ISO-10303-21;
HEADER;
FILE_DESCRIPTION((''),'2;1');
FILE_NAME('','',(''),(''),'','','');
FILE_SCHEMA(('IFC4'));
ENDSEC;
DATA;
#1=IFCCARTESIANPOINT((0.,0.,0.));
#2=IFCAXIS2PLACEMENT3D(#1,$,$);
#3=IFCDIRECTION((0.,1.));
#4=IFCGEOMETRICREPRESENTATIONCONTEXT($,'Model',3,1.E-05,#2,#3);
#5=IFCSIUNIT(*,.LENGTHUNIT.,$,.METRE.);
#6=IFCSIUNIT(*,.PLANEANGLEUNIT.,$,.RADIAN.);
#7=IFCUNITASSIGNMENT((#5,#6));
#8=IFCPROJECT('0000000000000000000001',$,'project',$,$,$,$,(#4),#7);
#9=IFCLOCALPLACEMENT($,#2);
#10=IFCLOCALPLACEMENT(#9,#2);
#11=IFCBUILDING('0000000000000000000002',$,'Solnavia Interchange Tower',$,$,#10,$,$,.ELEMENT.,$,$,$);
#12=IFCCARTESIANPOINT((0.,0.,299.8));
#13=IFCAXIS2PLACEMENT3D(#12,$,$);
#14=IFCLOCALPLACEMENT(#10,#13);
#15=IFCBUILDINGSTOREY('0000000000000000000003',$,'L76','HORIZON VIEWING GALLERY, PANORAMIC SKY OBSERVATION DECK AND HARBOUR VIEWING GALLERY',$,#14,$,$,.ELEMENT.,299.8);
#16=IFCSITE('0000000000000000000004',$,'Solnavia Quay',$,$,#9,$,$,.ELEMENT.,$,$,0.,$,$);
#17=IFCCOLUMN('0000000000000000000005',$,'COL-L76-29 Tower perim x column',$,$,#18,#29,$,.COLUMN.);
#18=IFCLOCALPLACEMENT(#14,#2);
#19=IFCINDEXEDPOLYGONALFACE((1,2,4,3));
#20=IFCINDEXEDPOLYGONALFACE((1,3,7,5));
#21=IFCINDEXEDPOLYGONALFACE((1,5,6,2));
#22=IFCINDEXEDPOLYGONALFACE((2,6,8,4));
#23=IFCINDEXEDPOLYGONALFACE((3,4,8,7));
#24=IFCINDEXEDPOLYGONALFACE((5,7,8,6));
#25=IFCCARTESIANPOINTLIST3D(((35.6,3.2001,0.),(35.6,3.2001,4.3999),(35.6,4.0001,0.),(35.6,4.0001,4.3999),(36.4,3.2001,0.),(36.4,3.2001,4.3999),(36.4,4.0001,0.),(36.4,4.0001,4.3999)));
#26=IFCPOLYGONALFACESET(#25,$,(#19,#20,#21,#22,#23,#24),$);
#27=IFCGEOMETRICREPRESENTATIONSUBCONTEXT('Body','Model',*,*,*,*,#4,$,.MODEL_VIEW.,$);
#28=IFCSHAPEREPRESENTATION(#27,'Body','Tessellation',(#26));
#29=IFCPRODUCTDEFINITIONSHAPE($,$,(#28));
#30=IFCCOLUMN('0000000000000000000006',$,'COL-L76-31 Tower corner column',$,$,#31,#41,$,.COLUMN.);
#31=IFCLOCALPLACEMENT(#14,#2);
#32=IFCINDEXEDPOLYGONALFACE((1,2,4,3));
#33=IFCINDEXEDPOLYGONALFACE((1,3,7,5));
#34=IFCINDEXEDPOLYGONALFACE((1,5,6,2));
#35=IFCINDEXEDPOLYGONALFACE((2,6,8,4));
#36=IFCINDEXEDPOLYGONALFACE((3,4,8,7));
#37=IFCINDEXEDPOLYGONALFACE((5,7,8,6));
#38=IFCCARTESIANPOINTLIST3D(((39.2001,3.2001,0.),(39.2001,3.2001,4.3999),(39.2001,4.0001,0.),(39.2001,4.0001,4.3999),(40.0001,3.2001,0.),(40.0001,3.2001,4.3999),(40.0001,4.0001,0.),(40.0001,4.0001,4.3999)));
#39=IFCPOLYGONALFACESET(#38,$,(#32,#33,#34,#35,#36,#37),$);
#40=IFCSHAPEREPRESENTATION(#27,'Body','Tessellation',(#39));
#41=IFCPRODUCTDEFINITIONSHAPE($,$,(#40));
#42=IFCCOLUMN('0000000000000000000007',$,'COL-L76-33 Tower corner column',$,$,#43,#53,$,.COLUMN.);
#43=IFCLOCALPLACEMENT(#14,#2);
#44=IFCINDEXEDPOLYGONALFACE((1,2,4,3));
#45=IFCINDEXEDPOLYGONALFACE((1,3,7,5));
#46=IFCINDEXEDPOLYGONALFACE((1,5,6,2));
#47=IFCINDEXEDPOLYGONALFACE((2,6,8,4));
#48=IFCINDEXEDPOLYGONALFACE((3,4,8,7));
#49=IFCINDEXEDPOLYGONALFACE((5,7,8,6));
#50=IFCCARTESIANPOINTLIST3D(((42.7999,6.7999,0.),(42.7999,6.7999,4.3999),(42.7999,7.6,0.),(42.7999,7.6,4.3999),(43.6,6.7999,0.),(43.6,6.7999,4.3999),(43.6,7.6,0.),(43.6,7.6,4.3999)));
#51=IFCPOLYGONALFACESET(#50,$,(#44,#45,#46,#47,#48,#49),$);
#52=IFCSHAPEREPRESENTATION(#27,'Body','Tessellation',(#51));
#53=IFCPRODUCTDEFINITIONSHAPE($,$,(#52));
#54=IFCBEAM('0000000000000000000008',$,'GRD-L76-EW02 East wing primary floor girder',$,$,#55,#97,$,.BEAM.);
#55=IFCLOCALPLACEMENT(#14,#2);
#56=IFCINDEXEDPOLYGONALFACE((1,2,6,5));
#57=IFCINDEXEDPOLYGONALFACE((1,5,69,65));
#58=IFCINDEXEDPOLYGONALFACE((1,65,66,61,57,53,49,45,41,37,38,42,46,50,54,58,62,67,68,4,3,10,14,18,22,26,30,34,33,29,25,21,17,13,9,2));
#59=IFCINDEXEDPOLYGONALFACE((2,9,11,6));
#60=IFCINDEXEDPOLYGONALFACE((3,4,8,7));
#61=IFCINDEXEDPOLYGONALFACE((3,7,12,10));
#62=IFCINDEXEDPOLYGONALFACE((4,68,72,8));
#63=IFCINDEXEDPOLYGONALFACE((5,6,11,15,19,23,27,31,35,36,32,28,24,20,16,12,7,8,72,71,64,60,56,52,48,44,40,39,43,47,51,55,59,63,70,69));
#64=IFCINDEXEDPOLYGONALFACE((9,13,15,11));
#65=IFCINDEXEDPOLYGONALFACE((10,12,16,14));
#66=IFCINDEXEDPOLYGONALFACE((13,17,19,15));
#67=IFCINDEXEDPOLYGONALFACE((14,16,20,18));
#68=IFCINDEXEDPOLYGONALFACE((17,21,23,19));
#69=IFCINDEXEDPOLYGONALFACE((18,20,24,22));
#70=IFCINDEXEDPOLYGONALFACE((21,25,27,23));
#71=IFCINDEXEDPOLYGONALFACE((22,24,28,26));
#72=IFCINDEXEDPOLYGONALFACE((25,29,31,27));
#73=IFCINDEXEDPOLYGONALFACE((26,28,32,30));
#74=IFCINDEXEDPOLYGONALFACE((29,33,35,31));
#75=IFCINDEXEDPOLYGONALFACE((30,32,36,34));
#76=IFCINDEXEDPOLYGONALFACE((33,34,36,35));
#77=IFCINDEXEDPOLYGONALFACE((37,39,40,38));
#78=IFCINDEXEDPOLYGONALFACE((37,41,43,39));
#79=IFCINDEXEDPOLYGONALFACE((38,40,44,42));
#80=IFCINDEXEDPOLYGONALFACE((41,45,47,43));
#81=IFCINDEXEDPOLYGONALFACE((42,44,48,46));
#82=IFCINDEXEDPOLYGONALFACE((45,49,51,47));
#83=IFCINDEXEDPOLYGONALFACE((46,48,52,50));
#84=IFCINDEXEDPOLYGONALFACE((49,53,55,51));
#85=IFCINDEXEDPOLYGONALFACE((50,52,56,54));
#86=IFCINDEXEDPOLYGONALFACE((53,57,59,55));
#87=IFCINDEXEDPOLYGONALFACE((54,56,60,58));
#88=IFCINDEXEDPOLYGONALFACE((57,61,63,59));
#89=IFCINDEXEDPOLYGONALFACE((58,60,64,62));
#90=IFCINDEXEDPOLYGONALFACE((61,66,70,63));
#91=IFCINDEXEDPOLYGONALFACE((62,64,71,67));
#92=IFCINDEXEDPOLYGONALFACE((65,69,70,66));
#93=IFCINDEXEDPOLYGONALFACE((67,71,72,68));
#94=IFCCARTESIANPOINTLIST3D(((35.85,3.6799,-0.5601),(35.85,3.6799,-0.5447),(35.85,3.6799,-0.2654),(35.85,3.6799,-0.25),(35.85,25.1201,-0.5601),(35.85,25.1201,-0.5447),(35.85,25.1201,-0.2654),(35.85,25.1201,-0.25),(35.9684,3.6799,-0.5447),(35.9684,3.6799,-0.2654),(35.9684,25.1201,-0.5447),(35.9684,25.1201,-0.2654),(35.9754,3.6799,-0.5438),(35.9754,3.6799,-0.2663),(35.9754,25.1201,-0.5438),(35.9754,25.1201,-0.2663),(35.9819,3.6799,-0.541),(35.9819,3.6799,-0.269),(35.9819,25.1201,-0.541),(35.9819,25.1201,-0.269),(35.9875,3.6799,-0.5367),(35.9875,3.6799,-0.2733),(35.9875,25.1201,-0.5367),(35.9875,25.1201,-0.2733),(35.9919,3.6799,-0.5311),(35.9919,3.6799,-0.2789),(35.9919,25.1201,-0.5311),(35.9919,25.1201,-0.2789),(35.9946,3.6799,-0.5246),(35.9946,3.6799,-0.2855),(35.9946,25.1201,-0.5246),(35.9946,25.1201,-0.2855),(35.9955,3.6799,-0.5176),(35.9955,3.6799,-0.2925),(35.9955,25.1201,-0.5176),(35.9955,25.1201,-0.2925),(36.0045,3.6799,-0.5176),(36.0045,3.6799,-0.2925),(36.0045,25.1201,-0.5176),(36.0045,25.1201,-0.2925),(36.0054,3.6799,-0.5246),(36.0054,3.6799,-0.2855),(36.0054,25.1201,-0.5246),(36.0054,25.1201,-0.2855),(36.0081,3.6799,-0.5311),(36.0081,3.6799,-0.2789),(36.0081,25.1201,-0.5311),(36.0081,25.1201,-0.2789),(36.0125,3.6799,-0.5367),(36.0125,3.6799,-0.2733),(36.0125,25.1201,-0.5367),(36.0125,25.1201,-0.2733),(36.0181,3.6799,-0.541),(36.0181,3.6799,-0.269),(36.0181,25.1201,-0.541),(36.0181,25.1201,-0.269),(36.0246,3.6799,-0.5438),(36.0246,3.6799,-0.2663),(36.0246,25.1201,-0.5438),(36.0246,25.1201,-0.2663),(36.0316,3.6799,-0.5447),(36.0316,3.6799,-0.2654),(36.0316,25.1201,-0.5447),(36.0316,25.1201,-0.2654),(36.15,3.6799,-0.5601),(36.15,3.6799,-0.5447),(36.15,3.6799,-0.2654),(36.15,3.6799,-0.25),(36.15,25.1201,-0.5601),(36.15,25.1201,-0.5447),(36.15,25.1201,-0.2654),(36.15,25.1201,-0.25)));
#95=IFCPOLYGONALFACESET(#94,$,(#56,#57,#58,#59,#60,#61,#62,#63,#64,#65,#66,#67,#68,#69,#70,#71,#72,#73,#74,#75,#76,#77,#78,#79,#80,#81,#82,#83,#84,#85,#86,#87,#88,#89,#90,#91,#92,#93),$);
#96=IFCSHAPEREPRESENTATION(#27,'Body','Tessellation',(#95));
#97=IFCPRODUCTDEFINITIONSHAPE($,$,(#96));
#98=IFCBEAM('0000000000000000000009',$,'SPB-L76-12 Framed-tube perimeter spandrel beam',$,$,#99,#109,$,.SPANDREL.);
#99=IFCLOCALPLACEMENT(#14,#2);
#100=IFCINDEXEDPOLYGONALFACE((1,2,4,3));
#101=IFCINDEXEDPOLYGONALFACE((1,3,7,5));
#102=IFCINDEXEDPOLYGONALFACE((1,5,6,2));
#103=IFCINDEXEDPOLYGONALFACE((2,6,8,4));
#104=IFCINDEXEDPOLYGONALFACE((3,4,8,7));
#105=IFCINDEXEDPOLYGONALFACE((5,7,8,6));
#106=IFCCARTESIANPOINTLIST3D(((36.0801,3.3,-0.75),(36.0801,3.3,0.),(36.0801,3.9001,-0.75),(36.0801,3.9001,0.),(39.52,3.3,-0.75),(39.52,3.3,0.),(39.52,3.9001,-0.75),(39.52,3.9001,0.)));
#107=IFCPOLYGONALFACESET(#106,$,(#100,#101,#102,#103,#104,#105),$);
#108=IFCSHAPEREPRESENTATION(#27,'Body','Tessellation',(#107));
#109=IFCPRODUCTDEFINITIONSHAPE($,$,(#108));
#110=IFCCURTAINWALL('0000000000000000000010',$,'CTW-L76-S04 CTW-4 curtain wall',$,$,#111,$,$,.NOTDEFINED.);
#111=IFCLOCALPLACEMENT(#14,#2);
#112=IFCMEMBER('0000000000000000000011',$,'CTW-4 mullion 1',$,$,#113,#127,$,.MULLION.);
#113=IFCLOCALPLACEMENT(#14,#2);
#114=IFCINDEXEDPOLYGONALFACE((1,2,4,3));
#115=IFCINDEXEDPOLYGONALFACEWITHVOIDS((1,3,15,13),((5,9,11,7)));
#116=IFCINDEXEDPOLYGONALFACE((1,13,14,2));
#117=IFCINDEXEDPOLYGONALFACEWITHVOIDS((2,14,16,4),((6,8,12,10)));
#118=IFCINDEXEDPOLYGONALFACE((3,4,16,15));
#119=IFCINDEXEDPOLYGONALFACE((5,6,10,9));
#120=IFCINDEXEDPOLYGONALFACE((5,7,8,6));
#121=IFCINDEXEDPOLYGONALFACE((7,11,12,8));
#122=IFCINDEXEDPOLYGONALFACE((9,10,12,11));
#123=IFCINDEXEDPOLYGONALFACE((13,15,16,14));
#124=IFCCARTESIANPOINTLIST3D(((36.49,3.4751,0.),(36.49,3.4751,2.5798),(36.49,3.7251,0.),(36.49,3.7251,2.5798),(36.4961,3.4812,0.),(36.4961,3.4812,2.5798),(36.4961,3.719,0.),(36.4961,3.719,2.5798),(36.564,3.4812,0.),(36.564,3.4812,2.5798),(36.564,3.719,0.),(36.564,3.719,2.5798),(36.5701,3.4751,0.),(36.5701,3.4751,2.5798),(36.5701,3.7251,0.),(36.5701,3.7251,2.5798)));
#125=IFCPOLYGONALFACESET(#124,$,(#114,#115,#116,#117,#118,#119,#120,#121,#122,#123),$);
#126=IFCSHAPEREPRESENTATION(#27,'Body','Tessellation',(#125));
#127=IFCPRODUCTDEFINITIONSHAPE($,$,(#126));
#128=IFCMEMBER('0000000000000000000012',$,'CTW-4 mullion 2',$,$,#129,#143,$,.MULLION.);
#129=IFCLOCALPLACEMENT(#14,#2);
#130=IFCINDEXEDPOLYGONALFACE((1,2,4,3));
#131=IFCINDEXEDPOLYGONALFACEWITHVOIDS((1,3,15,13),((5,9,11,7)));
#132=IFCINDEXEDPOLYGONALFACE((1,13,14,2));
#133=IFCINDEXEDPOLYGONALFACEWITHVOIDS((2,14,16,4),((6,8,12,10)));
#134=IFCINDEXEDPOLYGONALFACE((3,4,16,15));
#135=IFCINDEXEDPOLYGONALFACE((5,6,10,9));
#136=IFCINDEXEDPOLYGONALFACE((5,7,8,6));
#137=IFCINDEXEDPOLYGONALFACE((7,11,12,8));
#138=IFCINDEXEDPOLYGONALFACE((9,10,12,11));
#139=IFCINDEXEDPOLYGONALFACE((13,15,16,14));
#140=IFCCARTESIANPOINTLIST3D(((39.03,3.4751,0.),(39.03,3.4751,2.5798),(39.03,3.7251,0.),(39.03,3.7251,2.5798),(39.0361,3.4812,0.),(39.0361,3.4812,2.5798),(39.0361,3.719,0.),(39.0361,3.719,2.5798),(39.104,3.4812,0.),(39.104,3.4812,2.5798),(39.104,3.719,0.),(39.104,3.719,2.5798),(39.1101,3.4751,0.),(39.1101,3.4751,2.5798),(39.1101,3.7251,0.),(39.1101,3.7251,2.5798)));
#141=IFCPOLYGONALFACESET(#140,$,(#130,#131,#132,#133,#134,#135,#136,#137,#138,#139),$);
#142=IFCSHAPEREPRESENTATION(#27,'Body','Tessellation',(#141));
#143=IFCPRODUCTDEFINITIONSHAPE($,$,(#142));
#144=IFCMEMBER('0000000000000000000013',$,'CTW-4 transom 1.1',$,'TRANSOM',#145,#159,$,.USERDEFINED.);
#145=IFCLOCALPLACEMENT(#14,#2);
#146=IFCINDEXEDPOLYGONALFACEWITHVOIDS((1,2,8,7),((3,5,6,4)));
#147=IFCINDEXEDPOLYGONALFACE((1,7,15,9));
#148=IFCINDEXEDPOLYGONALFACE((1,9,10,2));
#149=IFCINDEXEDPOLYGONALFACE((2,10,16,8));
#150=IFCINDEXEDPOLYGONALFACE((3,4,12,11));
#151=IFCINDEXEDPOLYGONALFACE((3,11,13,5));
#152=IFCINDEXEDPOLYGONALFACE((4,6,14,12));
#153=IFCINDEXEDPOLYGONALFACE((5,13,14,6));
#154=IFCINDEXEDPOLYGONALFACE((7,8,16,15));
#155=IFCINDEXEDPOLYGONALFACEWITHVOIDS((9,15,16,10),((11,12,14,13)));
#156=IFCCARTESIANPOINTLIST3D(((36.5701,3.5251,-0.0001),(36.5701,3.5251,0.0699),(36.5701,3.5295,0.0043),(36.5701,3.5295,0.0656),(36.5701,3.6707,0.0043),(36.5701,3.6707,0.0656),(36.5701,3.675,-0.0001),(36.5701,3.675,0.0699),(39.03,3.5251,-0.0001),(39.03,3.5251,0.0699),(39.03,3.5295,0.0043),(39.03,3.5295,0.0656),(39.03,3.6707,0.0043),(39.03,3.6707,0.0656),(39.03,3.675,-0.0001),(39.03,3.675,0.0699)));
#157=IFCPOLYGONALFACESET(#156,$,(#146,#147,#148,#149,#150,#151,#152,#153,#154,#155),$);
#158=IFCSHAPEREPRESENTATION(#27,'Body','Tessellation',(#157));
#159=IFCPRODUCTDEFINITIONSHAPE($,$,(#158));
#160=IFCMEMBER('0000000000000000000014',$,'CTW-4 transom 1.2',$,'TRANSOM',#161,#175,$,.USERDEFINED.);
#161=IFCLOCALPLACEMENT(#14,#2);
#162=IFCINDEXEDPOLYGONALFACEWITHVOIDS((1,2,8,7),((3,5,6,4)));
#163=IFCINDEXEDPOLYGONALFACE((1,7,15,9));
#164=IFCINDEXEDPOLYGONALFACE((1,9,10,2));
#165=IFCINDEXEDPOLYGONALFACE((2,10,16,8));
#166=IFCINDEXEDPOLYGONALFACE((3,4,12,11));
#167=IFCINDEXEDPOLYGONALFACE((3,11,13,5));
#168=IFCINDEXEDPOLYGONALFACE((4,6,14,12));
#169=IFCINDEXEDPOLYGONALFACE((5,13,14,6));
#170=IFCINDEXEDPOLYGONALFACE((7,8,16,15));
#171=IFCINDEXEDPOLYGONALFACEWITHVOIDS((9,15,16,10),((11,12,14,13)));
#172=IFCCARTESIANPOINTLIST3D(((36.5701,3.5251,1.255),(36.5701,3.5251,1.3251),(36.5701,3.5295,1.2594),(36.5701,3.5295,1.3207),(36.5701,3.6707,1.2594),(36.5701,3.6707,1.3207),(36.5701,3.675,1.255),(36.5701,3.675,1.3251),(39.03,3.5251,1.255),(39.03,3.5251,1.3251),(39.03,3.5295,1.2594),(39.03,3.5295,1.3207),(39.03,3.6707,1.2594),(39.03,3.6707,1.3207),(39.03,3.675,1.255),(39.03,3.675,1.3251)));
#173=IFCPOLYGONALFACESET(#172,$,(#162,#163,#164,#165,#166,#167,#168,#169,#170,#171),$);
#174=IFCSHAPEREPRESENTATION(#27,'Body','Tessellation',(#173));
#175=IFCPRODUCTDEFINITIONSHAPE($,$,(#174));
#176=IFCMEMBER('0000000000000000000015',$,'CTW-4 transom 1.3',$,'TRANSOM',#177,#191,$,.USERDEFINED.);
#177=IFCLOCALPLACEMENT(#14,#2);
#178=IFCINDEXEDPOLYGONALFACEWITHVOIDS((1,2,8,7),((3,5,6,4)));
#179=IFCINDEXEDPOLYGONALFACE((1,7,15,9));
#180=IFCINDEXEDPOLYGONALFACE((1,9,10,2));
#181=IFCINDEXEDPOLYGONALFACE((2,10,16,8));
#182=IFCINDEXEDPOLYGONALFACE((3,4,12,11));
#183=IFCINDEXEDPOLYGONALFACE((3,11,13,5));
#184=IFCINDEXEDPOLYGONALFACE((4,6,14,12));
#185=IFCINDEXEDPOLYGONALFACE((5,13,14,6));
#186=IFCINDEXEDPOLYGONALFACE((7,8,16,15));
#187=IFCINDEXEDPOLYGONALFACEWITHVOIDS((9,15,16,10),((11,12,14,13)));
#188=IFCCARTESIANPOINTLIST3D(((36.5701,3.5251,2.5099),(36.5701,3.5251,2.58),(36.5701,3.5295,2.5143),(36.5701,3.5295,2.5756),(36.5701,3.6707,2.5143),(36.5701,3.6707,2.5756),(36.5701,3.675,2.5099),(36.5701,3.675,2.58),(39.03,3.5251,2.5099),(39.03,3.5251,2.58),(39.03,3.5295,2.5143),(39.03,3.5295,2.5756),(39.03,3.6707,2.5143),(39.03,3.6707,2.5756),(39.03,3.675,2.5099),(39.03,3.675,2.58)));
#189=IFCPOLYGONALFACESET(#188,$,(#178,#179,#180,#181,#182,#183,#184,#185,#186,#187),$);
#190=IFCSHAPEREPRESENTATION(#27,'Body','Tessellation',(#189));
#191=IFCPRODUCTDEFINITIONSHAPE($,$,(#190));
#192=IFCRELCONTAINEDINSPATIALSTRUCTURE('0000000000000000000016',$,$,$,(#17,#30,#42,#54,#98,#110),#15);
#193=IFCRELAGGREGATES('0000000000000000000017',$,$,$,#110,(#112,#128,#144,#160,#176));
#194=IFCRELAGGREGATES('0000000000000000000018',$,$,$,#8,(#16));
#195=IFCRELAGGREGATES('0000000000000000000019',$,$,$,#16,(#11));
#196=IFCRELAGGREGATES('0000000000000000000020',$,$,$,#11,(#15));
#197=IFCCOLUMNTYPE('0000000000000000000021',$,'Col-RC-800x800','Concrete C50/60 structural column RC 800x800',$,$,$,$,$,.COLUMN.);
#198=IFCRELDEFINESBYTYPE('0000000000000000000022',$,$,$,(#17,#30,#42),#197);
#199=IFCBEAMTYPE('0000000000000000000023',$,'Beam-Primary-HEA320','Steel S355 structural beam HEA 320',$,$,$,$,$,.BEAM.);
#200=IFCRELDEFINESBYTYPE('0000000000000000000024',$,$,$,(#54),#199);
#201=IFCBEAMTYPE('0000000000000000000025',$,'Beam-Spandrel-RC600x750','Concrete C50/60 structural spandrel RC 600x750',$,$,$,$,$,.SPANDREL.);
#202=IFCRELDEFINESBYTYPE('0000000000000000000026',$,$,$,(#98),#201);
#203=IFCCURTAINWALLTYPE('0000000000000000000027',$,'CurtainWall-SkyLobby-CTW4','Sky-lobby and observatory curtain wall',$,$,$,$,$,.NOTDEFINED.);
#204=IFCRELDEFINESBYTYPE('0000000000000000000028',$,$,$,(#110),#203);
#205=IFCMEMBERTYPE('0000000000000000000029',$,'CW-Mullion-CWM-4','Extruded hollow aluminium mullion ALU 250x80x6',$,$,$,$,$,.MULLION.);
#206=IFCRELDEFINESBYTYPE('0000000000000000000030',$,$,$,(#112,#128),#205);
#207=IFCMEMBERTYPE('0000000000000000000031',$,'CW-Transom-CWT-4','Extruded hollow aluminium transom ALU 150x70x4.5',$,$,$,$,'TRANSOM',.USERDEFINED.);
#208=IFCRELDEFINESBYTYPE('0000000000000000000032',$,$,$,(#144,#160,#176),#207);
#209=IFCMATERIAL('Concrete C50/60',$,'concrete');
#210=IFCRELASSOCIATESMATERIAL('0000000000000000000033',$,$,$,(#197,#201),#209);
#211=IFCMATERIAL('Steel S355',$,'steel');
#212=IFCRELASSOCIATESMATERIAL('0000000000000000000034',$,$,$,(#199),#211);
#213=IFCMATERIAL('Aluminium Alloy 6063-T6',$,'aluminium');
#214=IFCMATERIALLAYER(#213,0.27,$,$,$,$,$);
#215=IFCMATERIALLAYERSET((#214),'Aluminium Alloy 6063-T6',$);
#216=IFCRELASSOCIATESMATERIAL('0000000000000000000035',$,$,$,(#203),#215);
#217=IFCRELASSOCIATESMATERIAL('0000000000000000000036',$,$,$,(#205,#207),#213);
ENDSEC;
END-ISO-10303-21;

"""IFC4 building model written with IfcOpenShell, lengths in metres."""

from ifc_helpers import new_model, si_unit, direction, frame, origin, origin_2d, place, context, subcontext, project, spatial, rectangle, hollow_rectangle, i_section, extrude, material, layer, layer_set, material_profile, profile_set, type_object, element, aggregate, save


model = new_model("IFC4")

# Units and contexts
model_context = context("Model", 3, precision=1e-05, world=origin(), true_north=direction((0.0, 1.0)))
body_context = subcontext(model_context, "Body", "Model", "MODEL_VIEW")
ifc_project = project(units=[si_unit("LENGTHUNIT", "METRE"), si_unit("PLANEANGLEUNIT", "RADIAN")], contexts=[model_context])

# Site, building, storey
site_placement = place(None, origin())
site = spatial("IfcSite", under=ifc_project, at=site_placement, Name="Solnavia Quay", CompositionType="ELEMENT", RefElevation=0.0)
building_placement = place(site_placement, origin())
building = spatial("IfcBuilding", under=site, at=building_placement, Name="Solnavia Interchange Tower", CompositionType="ELEMENT")
storey_placement = place(building_placement, frame((0.0, 0.0, 299.8)))
storey = spatial("IfcBuildingStorey", under=building, at=storey_placement, Name="L76", Description="HORIZON VIEWING GALLERY, PANORAMIC SKY OBSERVATION DECK AND HARBOUR VIEWING GALLERY", CompositionType="ELEMENT", Elevation=299.8)

# Columns
ifc_material_1 = material(Name="Concrete C50/60", Category="concrete")
ifc_material_profile_1 = material_profile(ifc_material_1, rectangle(XDim=0.8, YDim=0.8, at=origin_2d()), Name="RC 800x800")
ifc_profile_set_1 = profile_set([ifc_material_profile_1], Name="Concrete C50/60")
column_type = type_object("IfcColumnType", Name="Col-RC-800x800", Description="Concrete C50/60 structural column RC 800x800", PredefinedType="COLUMN", material=ifc_profile_set_1)
for number, where, z_axis, x_axis, name in (
    (1, (36.0, 3.6001, 0.0), (0.0, 0.0, 1.0), (1.0, 0.0, 0.0), "COL-L76-29 Tower perim x column"),
    (2, (39.6001, 3.6001, 0.0), (0.0, 0.0, 1.0), (1.0, 0.0, 0.0), "COL-L76-31 Tower corner column"),
    (3, (43.2, 7.2, 0.0), (0.0, 0.0, 1.0), (1.0, 0.0, 0.0), "COL-L76-33 Tower corner column"),
):
    element("IfcColumn", number, at=place(storey_placement, frame(where, z_axis=z_axis, x_axis=x_axis)), inside=storey, type_object=column_type, Name=name, PredefinedType="COLUMN", context=body_context, shape_type="SweptSolid", body=[
        extrude(rectangle(XDim=0.8, YDim=0.8, at=origin_2d()), origin(), (0.0, 0.0, 1.0), 4.3999),
    ])

# Beams
ifc_material_2 = material(Name="Steel S355", Category="steel")
ifc_material_profile_2 = material_profile(ifc_material_2, i_section(OverallWidth=0.3, OverallDepth=0.3101, WebThickness=0.009, FlangeThickness=0.0154, FilletRadius=0.0271, at=origin_2d()), Name="HEA 320")
ifc_profile_set_2 = profile_set([ifc_material_profile_2], Name="Steel S355")
beam_type_1 = type_object("IfcBeamType", Name="Beam-Primary-HEA320", Description="Steel S355 structural beam HEA 320", PredefinedType="BEAM", material=ifc_profile_set_2)
beam_1_placement = place(storey_placement, frame((36.0, 3.6799, -0.405), z_axis=(0.0, 1.0, 0.0), x_axis=(-1.0, 0.0, 0.0)))
element("IfcBeam", 4, at=beam_1_placement, inside=storey, type_object=beam_type_1, Name="GRD-L76-EW02 East wing primary floor girder", PredefinedType="BEAM", context=body_context, shape_type="SweptSolid", body=[
    extrude(i_section(OverallWidth=0.3, OverallDepth=0.3101, WebThickness=0.009, FlangeThickness=0.0154, FilletRadius=0.0271, at=origin_2d()), origin(), (0.0, 0.0, 1.0), 21.4402),
])
ifc_material_profile_3 = material_profile(ifc_material_1, rectangle(XDim=0.6001, YDim=0.75, at=origin_2d()), Name="RC 600x750")
ifc_profile_set_3 = profile_set([ifc_material_profile_3], Name="Concrete C50/60")
beam_type_2 = type_object("IfcBeamType", Name="Beam-Spandrel-RC600x750", Description="Concrete C50/60 structural spandrel RC 600x750", PredefinedType="SPANDREL", material=ifc_profile_set_3)
beam_2_placement = place(storey_placement, frame((36.0801, 3.6001, -0.375), z_axis=(1.0, 0.0, 0.0), x_axis=(0.0, 1.0, 0.0)))
element("IfcBeam", 5, at=beam_2_placement, inside=storey, type_object=beam_type_2, Name="SPB-L76-12 Framed-tube perimeter spandrel beam", PredefinedType="SPANDREL", context=body_context, shape_type="SweptSolid", body=[
    extrude(rectangle(XDim=0.6001, YDim=0.75, at=origin_2d()), origin(), (0.0, 0.0, 1.0), 3.4399),
])

# Curtain wall, members
ifc_material_3 = material(Name="Aluminium Alloy 6063-T6", Category="aluminium")
ifc_layer_1 = layer(ifc_material_3, 0.27)
ifc_layer_set_1 = layer_set([ifc_layer_1], Name="Aluminium Alloy 6063-T6")
curtain_wall_type = type_object("IfcCurtainWallType", Name="CurtainWall-SkyLobby-CTW4", Description="Sky-lobby and observatory curtain wall", PredefinedType="NOTDEFINED", material=ifc_layer_set_1)
curtain_wall_placement = place(storey_placement, origin())
curtain_wall = element("IfcCurtainWall", 6, at=curtain_wall_placement, inside=storey, type_object=curtain_wall_type, Name="CTW-L76-S04 CTW-4 curtain wall", PredefinedType="NOTDEFINED")
ifc_material_profile_4 = material_profile(ifc_material_3, hollow_rectangle(XDim=0.0801, YDim=0.25, WallThickness=0.0061, at=origin_2d()), Name="ALU 250x80x6")
ifc_profile_set_4 = profile_set([ifc_material_profile_4], Name="Aluminium Alloy 6063-T6")
member_type_1 = type_object("IfcMemberType", Name="CW-Mullion-CWM-4", Description="Extruded hollow aluminium mullion ALU 250x80x6", PredefinedType="MULLION", material=ifc_profile_set_4)
member_1_placement = place(storey_placement, frame((36.53, 3.6001, 0.0), z_axis=(0.0, 0.0, 1.0), x_axis=(1.0, 0.0, 0.0)))
member_1 = element("IfcMember", 7, at=member_1_placement, type_object=member_type_1, Name="CTW-4 mullion 1", PredefinedType="MULLION", context=body_context, shape_type="SweptSolid", body=[
    extrude(hollow_rectangle(XDim=0.0801, YDim=0.25, WallThickness=0.0061, at=origin_2d()), origin(), (0.0, 0.0, 1.0), 2.5798),
])
member_2_placement = place(storey_placement, frame((39.0701, 3.6001, 0.0), z_axis=(0.0, 0.0, 1.0), x_axis=(1.0, 0.0, 0.0)))
member_2 = element("IfcMember", 8, at=member_2_placement, type_object=member_type_1, Name="CTW-4 mullion 2", PredefinedType="MULLION", context=body_context, shape_type="SweptSolid", body=[
    extrude(hollow_rectangle(XDim=0.0801, YDim=0.25, WallThickness=0.0061, at=origin_2d()), origin(), (0.0, 0.0, 1.0), 2.5798),
])
ifc_material_profile_5 = material_profile(ifc_material_3, hollow_rectangle(XDim=0.0701, YDim=0.1499, WallThickness=0.0044, at=origin_2d()), Name="ALU 150x70x4.5")
ifc_profile_set_5 = profile_set([ifc_material_profile_5], Name="Aluminium Alloy 6063-T6")
member_type_2 = type_object("IfcMemberType", Name="CW-Transom-CWT-4", Description="Extruded hollow aluminium transom ALU 150x70x4.5", ElementType="TRANSOM", PredefinedType="USERDEFINED", material=ifc_profile_set_5)
member_3_placement = place(storey_placement, frame((36.5701, 3.6001, 0.0349), z_axis=(1.0, 0.0, 0.0), x_axis=(0.0, 0.0, 1.0)))
member_3 = element("IfcMember", 9, at=member_3_placement, type_object=member_type_2, Name="CTW-4 transom 1.1", ObjectType="TRANSOM", PredefinedType="USERDEFINED", context=body_context, shape_type="SweptSolid", body=[
    extrude(hollow_rectangle(XDim=0.0701, YDim=0.1499, WallThickness=0.0044, at=origin_2d()), origin(), (0.0, 0.0, 1.0), 2.46),
])
member_4_placement = place(storey_placement, frame((36.5701, 3.6001, 1.29), z_axis=(1.0, 0.0, 0.0), x_axis=(0.0, 0.0, 1.0)))
member_4 = element("IfcMember", 10, at=member_4_placement, type_object=member_type_2, Name="CTW-4 transom 1.2", ObjectType="TRANSOM", PredefinedType="USERDEFINED", context=body_context, shape_type="SweptSolid", body=[
    extrude(hollow_rectangle(XDim=0.0701, YDim=0.1499, WallThickness=0.0044, at=origin_2d()), origin(), (0.0, 0.0, 1.0), 2.46),
])
member_5_placement = place(storey_placement, frame((36.5701, 3.6001, 2.5449), z_axis=(1.0, 0.0, 0.0), x_axis=(0.0, 0.0, 1.0)))
member_5 = element("IfcMember", 11, at=member_5_placement, type_object=member_type_2, Name="CTW-4 transom 1.3", ObjectType="TRANSOM", PredefinedType="USERDEFINED", context=body_context, shape_type="SweptSolid", body=[
    extrude(hollow_rectangle(XDim=0.0701, YDim=0.1499, WallThickness=0.0044, at=origin_2d()), origin(), (0.0, 0.0, 1.0), 2.46),
])
aggregate(curtain_wall, [member_1, member_2, member_3, member_4, member_5])

save(model, "model.ifc")
